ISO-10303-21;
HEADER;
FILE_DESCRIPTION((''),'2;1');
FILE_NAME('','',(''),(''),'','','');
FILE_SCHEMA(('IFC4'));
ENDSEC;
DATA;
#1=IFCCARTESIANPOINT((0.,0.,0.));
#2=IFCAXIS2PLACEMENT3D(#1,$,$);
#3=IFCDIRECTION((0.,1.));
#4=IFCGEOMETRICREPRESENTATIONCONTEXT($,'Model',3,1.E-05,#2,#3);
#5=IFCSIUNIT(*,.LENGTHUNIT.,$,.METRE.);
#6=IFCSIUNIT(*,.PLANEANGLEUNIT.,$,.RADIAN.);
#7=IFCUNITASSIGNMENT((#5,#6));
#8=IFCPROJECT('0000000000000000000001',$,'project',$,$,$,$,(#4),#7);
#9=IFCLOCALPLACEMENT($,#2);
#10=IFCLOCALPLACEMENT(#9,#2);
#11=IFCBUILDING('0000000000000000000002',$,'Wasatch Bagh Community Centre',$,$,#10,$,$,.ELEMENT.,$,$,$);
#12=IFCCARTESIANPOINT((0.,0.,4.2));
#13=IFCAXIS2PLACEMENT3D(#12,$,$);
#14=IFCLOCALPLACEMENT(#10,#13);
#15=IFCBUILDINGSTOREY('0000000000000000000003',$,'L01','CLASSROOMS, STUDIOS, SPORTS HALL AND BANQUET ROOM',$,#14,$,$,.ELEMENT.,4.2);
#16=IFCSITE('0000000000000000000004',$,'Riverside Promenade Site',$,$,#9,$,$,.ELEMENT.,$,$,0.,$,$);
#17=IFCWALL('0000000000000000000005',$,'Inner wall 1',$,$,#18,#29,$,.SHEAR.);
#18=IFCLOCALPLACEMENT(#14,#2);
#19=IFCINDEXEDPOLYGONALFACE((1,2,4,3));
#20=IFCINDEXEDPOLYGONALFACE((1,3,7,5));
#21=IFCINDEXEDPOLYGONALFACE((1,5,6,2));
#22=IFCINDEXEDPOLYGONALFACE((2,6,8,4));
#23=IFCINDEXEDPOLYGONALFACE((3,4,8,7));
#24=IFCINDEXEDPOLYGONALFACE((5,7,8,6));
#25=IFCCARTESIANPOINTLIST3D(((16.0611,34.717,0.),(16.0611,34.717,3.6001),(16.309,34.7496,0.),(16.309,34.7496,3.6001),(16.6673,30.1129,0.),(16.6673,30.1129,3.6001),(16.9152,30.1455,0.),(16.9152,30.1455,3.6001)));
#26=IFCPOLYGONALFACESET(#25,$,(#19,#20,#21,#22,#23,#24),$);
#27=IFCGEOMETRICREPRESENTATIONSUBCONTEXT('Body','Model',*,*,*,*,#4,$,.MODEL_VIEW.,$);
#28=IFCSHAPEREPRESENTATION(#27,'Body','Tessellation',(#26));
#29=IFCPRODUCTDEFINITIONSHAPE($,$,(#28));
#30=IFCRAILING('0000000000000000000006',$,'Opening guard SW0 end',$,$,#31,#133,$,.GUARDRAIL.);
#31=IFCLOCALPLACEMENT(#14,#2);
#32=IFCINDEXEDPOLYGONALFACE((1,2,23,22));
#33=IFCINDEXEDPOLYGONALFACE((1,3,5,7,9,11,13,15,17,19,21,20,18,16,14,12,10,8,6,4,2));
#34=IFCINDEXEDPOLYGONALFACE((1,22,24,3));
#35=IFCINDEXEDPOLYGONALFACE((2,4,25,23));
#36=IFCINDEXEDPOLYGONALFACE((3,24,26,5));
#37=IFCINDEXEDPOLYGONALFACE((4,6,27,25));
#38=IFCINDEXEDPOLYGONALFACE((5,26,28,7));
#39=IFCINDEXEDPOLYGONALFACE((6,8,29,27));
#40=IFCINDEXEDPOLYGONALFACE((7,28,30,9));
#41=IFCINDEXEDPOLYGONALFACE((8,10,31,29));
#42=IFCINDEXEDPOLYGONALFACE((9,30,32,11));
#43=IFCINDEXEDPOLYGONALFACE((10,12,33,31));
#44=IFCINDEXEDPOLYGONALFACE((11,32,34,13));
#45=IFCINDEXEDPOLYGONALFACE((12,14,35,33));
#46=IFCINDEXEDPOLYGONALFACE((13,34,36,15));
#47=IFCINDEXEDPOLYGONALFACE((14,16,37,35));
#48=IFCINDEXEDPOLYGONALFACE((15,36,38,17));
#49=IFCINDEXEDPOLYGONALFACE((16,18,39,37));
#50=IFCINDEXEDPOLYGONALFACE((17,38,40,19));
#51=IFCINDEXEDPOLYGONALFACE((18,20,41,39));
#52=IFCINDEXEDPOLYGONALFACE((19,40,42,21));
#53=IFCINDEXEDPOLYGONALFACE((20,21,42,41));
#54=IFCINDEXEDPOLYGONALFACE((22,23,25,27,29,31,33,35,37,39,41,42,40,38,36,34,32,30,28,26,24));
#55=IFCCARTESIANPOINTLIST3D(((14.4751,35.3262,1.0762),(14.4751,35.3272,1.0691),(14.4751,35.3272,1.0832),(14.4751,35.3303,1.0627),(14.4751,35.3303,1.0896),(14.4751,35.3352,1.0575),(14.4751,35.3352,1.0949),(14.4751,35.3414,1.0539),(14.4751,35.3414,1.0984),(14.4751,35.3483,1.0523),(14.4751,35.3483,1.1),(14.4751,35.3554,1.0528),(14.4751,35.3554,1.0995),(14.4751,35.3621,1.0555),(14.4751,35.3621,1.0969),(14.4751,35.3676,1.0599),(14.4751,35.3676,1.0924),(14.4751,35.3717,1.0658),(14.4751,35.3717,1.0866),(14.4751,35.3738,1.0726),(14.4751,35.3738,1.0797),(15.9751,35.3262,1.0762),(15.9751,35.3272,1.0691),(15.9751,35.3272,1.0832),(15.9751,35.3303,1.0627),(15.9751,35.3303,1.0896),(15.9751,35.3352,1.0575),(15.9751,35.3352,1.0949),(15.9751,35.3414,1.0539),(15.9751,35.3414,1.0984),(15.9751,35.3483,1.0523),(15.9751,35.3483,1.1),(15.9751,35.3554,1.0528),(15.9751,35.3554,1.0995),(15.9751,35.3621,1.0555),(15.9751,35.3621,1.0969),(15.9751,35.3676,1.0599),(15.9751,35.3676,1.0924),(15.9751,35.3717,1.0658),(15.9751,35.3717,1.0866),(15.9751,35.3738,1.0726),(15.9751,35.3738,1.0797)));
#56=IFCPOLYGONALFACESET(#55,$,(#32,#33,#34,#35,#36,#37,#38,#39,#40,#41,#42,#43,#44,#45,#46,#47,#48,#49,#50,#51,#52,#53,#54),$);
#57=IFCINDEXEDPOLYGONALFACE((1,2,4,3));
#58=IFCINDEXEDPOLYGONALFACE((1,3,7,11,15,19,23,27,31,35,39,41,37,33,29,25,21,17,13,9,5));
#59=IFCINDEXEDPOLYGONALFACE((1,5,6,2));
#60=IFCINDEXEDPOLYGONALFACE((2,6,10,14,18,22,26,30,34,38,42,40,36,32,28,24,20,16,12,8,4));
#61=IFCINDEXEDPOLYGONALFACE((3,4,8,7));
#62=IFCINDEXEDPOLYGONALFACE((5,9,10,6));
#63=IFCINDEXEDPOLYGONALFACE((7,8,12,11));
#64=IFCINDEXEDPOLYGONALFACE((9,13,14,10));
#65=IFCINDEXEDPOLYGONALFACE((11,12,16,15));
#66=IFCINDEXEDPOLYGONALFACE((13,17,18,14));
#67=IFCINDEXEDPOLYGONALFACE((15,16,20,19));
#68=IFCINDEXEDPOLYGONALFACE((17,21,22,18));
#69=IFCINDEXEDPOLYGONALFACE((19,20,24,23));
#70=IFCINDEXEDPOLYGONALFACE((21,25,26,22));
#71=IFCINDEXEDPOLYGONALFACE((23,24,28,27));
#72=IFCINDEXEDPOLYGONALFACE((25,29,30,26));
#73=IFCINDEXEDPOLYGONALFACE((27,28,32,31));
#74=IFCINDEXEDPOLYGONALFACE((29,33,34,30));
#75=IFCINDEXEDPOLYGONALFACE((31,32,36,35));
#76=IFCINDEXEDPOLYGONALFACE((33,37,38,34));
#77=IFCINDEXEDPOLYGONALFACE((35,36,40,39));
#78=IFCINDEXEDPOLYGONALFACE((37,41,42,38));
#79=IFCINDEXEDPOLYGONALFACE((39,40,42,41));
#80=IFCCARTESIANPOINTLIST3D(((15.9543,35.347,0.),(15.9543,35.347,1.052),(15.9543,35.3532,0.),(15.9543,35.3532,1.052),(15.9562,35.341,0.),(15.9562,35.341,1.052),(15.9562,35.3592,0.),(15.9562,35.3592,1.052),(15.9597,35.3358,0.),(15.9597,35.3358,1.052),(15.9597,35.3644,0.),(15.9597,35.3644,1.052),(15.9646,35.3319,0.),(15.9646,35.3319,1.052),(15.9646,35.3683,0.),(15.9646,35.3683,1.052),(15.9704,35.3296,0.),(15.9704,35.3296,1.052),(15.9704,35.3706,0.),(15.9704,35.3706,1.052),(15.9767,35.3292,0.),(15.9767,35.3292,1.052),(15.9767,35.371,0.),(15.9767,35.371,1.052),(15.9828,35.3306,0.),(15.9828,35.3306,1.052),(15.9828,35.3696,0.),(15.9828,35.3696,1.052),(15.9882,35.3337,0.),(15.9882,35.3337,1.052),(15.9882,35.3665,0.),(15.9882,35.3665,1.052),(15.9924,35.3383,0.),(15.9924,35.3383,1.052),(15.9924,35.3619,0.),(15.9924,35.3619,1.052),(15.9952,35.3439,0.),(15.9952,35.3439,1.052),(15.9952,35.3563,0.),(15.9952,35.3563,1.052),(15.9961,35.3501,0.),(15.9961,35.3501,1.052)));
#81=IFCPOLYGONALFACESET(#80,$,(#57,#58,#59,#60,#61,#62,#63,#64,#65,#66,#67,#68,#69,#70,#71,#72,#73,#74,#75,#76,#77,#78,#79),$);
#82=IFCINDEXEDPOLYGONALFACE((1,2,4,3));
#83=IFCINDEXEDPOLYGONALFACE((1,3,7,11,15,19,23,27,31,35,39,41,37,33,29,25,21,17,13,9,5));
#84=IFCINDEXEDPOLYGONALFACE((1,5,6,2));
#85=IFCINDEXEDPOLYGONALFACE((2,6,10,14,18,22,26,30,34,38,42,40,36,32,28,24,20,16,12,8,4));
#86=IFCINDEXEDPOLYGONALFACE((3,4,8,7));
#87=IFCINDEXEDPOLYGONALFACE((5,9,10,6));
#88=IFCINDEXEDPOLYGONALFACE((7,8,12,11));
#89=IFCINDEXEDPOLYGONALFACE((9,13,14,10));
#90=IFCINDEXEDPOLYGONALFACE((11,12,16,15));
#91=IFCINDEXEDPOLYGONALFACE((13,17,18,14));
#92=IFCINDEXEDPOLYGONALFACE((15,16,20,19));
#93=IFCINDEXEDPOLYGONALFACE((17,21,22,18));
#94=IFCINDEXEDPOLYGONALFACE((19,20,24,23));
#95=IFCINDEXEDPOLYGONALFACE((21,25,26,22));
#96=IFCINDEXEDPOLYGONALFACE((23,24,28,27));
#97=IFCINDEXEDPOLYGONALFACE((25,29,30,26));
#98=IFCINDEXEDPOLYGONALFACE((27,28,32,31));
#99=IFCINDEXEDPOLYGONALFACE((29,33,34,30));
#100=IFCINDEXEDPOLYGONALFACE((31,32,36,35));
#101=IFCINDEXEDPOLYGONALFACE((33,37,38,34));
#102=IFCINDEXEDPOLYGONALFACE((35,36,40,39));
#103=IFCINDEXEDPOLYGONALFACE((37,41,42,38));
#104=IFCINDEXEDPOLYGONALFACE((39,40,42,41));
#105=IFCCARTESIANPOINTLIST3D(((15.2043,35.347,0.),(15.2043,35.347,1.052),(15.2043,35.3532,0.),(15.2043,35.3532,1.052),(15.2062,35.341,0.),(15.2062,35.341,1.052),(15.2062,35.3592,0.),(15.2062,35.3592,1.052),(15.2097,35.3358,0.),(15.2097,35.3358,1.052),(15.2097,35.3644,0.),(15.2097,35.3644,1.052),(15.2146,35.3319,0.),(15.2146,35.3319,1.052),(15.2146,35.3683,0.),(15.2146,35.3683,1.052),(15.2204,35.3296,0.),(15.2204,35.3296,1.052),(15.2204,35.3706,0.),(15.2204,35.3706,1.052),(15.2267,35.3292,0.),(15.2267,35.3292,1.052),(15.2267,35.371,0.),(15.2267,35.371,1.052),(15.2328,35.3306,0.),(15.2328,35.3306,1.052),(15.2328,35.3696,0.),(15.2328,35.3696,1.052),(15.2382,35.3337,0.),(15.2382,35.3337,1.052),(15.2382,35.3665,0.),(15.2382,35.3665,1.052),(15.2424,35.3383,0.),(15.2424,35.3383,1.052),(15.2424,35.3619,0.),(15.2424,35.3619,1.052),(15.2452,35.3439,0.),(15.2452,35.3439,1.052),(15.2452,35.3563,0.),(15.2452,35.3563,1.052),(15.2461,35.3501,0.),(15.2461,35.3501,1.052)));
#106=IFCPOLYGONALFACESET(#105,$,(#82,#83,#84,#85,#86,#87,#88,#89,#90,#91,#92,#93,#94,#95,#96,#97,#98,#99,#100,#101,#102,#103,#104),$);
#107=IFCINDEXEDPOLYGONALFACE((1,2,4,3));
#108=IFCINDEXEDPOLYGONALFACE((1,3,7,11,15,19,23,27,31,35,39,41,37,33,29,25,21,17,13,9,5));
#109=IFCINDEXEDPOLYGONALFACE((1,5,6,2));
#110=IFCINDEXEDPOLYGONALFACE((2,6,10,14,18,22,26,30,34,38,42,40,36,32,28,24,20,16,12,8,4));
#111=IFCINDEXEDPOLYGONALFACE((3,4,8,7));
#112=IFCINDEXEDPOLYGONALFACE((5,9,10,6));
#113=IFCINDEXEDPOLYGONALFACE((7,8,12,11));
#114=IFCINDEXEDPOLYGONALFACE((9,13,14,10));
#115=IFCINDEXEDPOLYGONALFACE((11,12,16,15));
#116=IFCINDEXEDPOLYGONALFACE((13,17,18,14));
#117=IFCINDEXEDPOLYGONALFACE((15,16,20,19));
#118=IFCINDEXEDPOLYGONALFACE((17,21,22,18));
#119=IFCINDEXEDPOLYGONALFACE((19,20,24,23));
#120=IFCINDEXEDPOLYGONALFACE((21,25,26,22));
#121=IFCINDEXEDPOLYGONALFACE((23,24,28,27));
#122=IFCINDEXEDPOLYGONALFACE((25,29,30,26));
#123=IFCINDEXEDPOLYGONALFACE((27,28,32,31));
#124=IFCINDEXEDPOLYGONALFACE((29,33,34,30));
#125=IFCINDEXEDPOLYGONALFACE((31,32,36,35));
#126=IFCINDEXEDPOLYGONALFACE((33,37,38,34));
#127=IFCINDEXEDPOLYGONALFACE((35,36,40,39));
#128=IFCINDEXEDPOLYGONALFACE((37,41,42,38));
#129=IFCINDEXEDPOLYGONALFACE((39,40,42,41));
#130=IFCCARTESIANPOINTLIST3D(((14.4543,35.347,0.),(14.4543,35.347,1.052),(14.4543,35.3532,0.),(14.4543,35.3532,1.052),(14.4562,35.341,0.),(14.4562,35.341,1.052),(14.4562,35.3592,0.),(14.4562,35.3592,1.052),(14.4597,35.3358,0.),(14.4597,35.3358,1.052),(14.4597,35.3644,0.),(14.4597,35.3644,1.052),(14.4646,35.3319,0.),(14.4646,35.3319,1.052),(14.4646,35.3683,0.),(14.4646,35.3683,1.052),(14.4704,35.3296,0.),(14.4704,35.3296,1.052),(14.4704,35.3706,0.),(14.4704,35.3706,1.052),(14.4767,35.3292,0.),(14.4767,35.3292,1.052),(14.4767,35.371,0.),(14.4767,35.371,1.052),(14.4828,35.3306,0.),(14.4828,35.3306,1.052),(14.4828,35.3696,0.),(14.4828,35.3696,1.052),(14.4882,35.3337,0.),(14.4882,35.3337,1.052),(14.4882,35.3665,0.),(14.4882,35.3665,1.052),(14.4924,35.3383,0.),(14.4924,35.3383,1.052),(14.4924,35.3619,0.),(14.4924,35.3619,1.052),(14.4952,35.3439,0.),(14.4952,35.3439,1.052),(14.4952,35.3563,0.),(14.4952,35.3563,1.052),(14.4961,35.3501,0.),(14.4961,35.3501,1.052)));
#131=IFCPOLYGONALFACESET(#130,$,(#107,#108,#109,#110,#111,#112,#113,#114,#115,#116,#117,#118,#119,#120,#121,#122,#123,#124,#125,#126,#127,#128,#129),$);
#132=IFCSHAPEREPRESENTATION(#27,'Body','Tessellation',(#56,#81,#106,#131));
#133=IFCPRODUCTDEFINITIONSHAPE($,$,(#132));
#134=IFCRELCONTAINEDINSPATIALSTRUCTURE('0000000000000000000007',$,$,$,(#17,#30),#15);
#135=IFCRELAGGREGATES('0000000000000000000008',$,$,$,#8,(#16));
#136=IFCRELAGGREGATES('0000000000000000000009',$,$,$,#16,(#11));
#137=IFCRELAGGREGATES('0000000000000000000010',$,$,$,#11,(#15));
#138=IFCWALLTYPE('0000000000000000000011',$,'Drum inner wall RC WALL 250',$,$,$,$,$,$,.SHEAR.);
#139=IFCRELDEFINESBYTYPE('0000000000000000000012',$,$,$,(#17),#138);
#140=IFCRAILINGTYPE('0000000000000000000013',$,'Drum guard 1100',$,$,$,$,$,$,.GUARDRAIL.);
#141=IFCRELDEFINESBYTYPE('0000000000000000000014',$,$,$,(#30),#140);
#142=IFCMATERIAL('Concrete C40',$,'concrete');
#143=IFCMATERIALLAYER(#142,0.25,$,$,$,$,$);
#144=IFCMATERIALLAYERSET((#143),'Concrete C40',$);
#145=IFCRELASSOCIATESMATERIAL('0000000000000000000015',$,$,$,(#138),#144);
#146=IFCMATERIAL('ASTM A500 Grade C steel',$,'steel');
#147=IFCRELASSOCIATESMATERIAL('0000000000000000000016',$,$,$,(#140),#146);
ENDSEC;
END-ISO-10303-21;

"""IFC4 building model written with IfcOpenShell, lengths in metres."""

from ifc_helpers import new_model, si_unit, direction, frame, frame_2d, origin, origin_2d, place, context, subcontext, project, spatial, rectangle, circle, extrude, material, layer, layer_set, type_object, element, save


model = new_model("IFC4")

# Units and contexts
model_context = context("Model", 3, precision=1e-05, world=origin(), true_north=direction((0.0, 1.0)))
body_context = subcontext(model_context, "Body", "Model", "MODEL_VIEW")
ifc_project = project(units=[si_unit("LENGTHUNIT", "METRE"), si_unit("PLANEANGLEUNIT", "RADIAN")], contexts=[model_context])

# Site, building, storey
site_placement = place(None, origin())
site = spatial("IfcSite", under=ifc_project, at=site_placement, Name="Riverside Promenade Site", CompositionType="ELEMENT", RefElevation=0.0)
building_placement = place(site_placement, origin())
building = spatial("IfcBuilding", under=site, at=building_placement, Name="Wasatch Bagh Community Centre", CompositionType="ELEMENT")
storey_placement = place(building_placement, frame((0.0, 0.0, 4.2)))
storey = spatial("IfcBuildingStorey", under=building, at=storey_placement, Name="L01", Description="CLASSROOMS, STUDIOS, SPORTS HALL AND BANQUET ROOM", CompositionType="ELEMENT", Elevation=4.2)

# Shared definitions
ifc_material_1 = material(Name="Concrete C40", Category="concrete")

# Wall
ifc_layer_1 = layer(ifc_material_1, 0.25)
ifc_layer_set_1 = layer_set([ifc_layer_1], Name="Concrete C40")
wall_type = type_object("IfcWallType", Name="Drum inner wall RC WALL 250", PredefinedType="SHEAR", material=ifc_layer_set_1)
wall_placement = place(storey_placement, frame((16.1851, 34.7332, 0.0), z_axis=(0.0, 0.0, 1.0), x_axis=(0.130542, -0.991443, 0.0)))
element("IfcWall", 1, at=wall_placement, inside=storey, type_object=wall_type, Name="Inner wall 1", PredefinedType="SHEAR", context=body_context, shape_type="SweptSolid", body=[
    extrude(rectangle(XDim=4.6438, YDim=0.25, at=frame_2d((2.3218, 0.0))), origin(), (0.0, 0.0, 1.0), 3.6001),
])

# Railing
ifc_material_2 = material(Name="ASTM A500 Grade C steel", Category="steel")
railing_type = type_object("IfcRailingType", Name="Drum guard 1100", PredefinedType="GUARDRAIL", material=ifc_material_2)
railing_1_placement = place(storey_placement, frame((15.9751, 35.3501, 0.0)))
element("IfcRailing", 2, at=railing_1_placement, inside=storey, type_object=railing_type, Name="Opening guard SW0 end", PredefinedType="GUARDRAIL", context=body_context, shape_type="SweptSolid", body=[
    extrude(circle(Radius=0.0239, at=origin_2d()), frame((0.0, 0.0, 1.0762), z_axis=(-1.0, 0.0, 0.0), x_axis=(0.0, -1.0, 0.0)), (0.0, 0.0, 1.0), 1.5),
    extrude(circle(Radius=0.021, at=origin_2d()), origin(), (0.0, 0.0, 1.0), 1.052),
    extrude(circle(Radius=0.021, at=origin_2d()), frame((-0.75, 0.0, 0.0)), (0.0, 0.0, 1.0), 1.052),
    extrude(circle(Radius=0.021, at=origin_2d()), frame((-1.5, 0.0, 0.0)), (0.0, 0.0, 1.0), 1.052),
])

save(model, "model.ifc")
